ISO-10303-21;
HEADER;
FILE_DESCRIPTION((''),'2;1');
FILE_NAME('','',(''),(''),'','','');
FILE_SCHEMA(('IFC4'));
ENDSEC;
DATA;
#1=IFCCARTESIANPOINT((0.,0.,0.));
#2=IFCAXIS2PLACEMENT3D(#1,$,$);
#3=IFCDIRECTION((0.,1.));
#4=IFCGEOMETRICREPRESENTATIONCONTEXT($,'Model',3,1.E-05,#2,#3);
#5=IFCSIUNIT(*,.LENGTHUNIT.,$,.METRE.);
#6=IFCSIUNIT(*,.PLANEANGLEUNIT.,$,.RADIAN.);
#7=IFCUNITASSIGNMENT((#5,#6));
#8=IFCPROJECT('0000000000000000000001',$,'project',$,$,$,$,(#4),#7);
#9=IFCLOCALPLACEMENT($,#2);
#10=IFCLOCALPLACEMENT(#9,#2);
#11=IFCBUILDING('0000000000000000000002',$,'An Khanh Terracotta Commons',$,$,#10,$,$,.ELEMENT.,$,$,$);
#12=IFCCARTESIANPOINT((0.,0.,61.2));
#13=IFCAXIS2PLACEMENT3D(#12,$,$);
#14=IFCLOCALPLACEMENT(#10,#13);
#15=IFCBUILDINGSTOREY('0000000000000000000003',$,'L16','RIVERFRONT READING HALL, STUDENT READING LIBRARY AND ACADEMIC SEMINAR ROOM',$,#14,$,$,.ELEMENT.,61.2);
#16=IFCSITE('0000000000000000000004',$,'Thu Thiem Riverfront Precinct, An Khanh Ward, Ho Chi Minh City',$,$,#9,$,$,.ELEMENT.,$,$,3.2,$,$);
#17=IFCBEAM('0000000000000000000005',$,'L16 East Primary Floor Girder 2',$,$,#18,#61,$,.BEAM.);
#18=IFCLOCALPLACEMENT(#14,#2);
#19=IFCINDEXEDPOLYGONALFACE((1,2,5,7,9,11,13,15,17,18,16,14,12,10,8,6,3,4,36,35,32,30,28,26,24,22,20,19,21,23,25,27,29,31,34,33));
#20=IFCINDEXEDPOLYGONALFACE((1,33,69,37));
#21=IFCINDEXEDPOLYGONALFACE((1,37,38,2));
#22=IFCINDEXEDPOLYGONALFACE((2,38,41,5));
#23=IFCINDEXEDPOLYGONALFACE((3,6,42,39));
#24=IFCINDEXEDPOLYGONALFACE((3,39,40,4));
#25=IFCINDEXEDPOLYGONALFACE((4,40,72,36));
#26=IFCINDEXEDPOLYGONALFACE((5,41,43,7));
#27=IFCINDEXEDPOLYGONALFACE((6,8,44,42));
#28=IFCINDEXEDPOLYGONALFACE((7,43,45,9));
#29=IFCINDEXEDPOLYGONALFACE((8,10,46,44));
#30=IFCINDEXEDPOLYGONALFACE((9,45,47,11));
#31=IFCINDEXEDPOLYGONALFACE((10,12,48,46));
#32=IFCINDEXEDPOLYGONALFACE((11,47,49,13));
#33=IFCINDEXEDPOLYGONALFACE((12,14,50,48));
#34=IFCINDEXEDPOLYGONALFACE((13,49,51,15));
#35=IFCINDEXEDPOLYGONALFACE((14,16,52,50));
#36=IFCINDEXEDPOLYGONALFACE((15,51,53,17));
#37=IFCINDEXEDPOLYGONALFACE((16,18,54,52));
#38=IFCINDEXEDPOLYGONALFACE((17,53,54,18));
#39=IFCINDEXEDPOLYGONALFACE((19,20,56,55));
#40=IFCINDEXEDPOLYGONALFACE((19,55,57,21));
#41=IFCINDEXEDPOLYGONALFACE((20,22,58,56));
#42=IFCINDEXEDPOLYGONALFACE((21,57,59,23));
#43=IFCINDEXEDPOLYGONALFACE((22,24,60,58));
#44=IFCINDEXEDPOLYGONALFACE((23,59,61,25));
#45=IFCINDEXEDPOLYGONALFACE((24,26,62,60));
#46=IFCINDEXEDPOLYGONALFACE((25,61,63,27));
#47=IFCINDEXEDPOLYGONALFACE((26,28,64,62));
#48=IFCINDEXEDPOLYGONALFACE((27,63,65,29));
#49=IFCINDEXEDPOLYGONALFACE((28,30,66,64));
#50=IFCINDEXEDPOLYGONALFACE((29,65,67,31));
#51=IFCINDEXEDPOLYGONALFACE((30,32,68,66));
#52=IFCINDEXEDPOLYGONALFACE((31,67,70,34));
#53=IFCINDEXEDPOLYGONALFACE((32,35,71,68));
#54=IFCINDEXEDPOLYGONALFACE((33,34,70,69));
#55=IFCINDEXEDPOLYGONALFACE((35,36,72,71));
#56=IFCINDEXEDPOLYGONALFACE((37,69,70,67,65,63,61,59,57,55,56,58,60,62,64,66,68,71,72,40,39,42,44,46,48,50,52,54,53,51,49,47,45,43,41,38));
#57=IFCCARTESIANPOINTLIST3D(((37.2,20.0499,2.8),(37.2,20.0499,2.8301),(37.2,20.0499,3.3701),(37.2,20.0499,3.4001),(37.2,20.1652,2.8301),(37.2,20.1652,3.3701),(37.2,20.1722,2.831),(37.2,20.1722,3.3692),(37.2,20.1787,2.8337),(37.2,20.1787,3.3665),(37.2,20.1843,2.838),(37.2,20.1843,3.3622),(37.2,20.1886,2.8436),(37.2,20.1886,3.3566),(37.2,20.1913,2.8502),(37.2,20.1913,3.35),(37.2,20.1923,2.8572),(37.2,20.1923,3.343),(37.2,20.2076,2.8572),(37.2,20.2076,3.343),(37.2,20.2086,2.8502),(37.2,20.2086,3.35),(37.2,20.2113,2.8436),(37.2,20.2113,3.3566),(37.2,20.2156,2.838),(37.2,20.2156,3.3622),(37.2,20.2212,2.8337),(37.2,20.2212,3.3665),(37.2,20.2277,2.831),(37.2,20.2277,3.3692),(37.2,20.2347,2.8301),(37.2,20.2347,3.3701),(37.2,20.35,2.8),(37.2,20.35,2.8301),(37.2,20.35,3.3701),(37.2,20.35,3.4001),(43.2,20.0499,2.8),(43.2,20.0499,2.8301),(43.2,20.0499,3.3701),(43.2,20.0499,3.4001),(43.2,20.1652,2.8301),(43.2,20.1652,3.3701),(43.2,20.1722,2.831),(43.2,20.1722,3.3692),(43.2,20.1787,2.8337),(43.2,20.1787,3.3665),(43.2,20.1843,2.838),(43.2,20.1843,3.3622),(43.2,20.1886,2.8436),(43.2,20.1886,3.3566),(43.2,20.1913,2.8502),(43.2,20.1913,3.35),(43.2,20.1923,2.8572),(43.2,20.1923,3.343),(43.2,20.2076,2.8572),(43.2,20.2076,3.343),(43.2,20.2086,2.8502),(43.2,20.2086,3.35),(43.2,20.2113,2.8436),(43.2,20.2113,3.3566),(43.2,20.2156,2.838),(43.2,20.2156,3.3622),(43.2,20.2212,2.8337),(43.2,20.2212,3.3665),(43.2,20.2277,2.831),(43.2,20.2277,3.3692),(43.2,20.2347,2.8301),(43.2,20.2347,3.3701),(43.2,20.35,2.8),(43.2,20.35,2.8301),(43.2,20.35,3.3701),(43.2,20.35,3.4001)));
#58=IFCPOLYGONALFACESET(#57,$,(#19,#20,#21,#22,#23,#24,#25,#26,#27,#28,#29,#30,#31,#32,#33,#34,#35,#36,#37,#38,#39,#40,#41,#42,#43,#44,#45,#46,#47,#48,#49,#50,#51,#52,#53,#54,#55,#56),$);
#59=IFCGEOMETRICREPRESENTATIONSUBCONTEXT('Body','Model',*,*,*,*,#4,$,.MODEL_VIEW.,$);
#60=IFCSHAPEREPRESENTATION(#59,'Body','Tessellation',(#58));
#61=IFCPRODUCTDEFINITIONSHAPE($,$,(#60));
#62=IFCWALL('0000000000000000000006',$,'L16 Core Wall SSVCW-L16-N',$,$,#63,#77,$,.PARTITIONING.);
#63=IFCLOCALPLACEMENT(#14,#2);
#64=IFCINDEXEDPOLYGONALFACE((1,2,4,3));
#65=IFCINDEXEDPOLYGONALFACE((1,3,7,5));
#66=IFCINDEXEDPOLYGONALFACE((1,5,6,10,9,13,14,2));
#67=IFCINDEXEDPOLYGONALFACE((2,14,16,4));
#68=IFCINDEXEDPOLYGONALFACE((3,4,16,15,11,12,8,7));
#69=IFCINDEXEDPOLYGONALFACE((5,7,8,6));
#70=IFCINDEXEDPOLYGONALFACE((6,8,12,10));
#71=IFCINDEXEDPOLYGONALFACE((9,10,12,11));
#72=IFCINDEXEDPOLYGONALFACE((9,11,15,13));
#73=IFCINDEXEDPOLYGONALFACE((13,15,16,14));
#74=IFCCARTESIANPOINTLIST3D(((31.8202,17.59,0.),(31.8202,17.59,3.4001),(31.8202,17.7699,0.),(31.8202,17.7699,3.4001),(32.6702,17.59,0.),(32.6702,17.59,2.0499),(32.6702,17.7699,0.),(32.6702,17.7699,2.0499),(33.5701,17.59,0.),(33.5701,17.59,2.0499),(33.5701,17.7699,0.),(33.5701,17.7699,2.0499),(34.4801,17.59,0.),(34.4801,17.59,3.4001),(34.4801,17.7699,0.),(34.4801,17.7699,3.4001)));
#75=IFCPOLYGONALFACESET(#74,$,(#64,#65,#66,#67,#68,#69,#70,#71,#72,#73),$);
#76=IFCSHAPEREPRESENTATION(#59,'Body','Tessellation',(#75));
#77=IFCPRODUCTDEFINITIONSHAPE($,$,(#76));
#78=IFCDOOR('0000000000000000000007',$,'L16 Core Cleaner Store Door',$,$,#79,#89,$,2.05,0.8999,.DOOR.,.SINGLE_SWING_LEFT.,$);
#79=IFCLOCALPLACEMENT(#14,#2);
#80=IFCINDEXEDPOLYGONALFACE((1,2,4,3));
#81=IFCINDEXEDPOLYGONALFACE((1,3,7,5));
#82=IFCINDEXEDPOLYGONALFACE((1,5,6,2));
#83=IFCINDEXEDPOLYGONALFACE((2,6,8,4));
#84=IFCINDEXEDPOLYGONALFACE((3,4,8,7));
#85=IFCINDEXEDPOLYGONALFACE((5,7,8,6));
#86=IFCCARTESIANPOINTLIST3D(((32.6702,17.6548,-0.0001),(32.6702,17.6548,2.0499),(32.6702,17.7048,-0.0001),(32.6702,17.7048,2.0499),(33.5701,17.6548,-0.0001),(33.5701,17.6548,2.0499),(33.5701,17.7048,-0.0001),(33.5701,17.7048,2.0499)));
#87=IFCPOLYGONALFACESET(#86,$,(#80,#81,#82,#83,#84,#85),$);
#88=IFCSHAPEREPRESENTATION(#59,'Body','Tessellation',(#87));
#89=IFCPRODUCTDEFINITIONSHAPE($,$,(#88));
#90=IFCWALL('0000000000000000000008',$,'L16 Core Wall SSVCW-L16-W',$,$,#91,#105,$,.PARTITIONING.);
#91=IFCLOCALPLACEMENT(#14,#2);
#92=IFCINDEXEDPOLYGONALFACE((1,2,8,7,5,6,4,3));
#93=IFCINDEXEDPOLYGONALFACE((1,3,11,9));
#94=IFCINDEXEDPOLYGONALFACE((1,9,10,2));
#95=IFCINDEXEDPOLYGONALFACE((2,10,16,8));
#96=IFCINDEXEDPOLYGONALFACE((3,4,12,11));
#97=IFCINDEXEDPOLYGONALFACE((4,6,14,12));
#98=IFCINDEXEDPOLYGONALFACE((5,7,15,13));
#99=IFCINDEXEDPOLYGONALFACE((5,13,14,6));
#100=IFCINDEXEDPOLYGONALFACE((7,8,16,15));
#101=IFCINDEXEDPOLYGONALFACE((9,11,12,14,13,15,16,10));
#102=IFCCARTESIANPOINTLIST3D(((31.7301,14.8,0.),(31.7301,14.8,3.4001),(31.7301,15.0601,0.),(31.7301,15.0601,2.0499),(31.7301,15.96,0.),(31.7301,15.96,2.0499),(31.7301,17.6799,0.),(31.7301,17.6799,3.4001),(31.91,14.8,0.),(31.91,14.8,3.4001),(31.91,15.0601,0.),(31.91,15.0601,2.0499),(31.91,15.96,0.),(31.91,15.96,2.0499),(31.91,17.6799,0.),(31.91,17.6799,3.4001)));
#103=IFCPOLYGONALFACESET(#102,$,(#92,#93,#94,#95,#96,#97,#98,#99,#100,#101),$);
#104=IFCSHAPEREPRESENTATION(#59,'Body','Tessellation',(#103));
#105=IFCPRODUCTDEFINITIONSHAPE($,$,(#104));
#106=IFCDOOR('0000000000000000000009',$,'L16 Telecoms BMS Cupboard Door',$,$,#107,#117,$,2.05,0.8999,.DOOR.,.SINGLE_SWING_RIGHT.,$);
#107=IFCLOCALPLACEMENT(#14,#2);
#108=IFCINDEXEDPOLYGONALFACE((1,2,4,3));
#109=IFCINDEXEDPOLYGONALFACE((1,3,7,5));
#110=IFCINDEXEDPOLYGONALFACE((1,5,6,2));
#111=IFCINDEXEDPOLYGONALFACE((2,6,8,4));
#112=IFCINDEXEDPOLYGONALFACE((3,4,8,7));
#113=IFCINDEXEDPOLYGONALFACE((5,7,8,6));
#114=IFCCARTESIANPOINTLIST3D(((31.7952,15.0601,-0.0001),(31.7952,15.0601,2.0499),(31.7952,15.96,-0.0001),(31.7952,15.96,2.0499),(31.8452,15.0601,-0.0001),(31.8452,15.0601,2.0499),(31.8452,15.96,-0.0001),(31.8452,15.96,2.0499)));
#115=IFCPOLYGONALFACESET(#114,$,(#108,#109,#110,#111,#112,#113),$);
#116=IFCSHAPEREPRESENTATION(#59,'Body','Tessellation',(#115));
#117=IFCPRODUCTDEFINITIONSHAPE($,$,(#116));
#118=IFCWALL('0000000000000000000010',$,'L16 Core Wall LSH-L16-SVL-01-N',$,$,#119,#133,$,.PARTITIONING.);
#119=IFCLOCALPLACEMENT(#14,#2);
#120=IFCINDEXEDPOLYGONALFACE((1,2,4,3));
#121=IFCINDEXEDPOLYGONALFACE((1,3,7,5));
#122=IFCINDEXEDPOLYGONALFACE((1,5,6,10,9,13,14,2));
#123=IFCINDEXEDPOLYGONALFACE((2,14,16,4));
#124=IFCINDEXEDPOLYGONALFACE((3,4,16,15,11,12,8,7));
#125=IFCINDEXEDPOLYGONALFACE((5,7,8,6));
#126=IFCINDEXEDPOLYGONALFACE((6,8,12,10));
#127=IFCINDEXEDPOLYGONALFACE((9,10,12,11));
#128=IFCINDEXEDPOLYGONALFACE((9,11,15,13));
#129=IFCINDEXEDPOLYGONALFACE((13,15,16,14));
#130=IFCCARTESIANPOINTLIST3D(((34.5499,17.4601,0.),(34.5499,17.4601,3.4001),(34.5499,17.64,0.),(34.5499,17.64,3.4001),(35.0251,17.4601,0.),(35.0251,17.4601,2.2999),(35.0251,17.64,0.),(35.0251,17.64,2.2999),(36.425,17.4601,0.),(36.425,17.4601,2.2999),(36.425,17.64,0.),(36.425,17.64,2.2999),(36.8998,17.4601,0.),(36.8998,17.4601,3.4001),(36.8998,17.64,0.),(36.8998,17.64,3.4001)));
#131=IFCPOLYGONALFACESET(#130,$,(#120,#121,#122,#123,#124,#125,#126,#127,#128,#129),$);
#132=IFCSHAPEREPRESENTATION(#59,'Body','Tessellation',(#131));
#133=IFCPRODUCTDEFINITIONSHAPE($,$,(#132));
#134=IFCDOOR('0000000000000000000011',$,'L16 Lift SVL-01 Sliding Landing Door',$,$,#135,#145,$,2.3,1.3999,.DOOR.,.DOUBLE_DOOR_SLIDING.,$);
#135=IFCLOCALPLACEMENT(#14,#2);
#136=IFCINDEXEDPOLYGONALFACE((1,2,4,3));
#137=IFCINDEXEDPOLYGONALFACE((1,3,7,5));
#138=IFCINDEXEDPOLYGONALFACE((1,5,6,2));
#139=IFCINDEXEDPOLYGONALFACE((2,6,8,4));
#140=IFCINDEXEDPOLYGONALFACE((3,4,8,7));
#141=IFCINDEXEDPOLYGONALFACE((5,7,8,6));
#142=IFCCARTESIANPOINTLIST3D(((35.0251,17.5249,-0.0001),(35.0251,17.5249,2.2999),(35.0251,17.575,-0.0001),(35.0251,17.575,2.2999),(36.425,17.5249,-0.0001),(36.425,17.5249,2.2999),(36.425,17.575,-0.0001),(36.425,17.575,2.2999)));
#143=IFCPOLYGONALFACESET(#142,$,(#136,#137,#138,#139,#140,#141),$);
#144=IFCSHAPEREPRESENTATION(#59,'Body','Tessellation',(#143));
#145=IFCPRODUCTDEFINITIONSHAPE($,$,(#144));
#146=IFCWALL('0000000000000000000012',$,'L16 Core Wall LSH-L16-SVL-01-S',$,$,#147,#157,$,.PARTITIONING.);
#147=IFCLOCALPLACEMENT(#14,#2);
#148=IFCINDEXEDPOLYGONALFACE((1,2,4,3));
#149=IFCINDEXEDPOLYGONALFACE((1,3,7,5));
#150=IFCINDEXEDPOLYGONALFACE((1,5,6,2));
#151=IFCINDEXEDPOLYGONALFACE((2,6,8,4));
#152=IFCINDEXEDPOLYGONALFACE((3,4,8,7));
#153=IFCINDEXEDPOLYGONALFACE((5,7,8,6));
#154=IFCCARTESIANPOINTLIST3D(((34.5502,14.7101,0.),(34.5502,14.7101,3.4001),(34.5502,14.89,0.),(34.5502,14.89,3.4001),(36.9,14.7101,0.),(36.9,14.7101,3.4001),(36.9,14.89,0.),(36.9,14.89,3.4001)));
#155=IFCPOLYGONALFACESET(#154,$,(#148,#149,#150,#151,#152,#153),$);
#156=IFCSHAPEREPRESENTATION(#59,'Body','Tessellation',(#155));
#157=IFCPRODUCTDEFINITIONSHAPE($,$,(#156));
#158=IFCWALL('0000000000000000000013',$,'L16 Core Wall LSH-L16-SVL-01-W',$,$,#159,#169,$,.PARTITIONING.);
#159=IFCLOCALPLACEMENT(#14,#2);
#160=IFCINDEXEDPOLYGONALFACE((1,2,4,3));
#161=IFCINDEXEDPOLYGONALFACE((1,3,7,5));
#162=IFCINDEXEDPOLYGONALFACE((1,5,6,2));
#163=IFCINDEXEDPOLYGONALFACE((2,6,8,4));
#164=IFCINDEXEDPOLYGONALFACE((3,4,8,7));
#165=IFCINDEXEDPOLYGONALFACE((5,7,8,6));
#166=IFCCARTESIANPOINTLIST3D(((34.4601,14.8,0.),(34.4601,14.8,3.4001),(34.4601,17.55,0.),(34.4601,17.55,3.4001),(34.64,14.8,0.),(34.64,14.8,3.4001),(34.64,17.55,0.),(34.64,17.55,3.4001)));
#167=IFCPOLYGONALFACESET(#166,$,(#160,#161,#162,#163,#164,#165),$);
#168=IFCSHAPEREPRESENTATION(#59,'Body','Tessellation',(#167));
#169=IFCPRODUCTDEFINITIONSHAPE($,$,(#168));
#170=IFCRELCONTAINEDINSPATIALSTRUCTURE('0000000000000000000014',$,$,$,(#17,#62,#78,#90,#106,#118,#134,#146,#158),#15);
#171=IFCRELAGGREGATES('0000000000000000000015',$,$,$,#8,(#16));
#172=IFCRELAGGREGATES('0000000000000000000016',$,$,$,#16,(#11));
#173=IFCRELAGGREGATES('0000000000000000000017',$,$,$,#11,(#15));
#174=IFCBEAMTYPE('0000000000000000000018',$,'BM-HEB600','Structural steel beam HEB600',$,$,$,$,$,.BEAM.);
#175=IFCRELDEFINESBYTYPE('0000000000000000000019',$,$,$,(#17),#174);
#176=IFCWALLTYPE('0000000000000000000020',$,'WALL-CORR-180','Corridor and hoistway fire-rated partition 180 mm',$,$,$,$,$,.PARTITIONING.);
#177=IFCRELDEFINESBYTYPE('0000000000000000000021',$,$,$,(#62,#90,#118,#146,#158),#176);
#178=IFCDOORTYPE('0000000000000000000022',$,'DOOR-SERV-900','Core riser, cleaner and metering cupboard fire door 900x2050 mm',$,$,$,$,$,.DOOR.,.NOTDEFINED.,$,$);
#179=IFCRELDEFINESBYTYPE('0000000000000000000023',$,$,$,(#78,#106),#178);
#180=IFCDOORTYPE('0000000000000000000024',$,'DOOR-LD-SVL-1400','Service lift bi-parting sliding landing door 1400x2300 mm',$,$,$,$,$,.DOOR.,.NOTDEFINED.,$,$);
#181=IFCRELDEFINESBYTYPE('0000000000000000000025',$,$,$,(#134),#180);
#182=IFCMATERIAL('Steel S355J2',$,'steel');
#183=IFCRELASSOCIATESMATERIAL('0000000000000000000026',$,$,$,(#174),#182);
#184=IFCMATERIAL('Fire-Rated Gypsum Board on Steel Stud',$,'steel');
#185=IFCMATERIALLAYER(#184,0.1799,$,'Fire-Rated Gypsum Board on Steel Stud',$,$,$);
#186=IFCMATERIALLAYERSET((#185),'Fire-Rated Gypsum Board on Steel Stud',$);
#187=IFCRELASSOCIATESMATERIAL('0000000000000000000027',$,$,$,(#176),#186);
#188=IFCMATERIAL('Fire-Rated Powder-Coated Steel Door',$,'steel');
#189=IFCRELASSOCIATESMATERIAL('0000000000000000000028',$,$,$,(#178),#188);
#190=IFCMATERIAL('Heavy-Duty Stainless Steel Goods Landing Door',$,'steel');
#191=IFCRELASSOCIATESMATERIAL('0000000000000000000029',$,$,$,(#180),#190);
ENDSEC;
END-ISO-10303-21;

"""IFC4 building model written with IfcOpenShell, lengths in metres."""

from ifc_helpers import new_model, si_unit, direction, frame, frame_2d, origin, origin_2d, place, context, subcontext, project, spatial, rectangle, i_section, extrude, material, layer, layer_set, material_profile, profile_set, type_object, element, fill, save


model = new_model("IFC4")

# Units and contexts
model_context = context("Model", 3, precision=1e-05, world=origin(), true_north=direction((0.0, 1.0)))
body_context = subcontext(model_context, "Body", "Model", "MODEL_VIEW")
ifc_project = project(units=[si_unit("LENGTHUNIT", "METRE"), si_unit("PLANEANGLEUNIT", "RADIAN")], contexts=[model_context])

# Site, building, storey
site_placement = place(None, origin())
site = spatial("IfcSite", under=ifc_project, at=site_placement, Name="Thu Thiem Riverfront Precinct, An Khanh Ward, Ho Chi Minh City", CompositionType="ELEMENT", RefElevation=3.2)
building_placement = place(site_placement, origin())
building = spatial("IfcBuilding", under=site, at=building_placement, Name="An Khanh Terracotta Commons", CompositionType="ELEMENT")
storey_placement = place(building_placement, frame((0.0, 0.0, 61.2)))
storey = spatial("IfcBuildingStorey", under=building, at=storey_placement, Name="L16", Description="RIVERFRONT READING HALL, STUDENT READING LIBRARY AND ACADEMIC SEMINAR ROOM", CompositionType="ELEMENT", Elevation=61.2)

# Beam
ifc_material_1 = material(Name="Steel S355J2", Category="steel")
ifc_material_profile_1 = material_profile(ifc_material_1, i_section(OverallWidth=0.3, OverallDepth=0.6001, WebThickness=0.0154, FlangeThickness=0.03, FilletRadius=0.0271, at=origin_2d()), Name="HEB600")
ifc_profile_set_1 = profile_set([ifc_material_profile_1], Name="Steel S355J2")
beam_type_1 = type_object("IfcBeamType", Name="BM-HEB600", Description="Structural steel beam HEB600", PredefinedType="BEAM", material=ifc_profile_set_1)
for number, where, z_axis, x_axis, name in (
    (1, (37.2, 20.2, 3.1001), (1.0, 0.0, 0.0), (0.0, 1.0, 0.0), "L16 East Primary Floor Girder 2"),
):
    element("IfcBeam", number, at=place(storey_placement, frame(where, z_axis=z_axis, x_axis=x_axis)), inside=storey, type_object=beam_type_1, Name=name, PredefinedType="BEAM", context=body_context, shape_type="SweptSolid", body=[
        extrude(i_section(OverallWidth=0.3, OverallDepth=0.6001, WebThickness=0.0154, FlangeThickness=0.03, FilletRadius=0.0271, at=origin_2d()), origin(), (0.0, 0.0, 1.0), 6.0),
    ])

# Walls, openings, doors
ifc_material_2 = material(Name="Fire-Rated Gypsum Board on Steel Stud", Category="steel")
ifc_layer_1 = layer(ifc_material_2, 0.1799, Name="Fire-Rated Gypsum Board on Steel Stud")
ifc_layer_set_1 = layer_set([ifc_layer_1], Name="Fire-Rated Gypsum Board on Steel Stud")
wall_type_1 = type_object("IfcWallType", Name="WALL-CORR-180", Description="Corridor and hoistway fire-rated partition 180 mm", PredefinedType="PARTITIONING", material=ifc_layer_set_1)
wall_1_placement = place(storey_placement, frame((31.8201, 17.6799, 0.0), z_axis=(0.0, 0.0, 1.0), x_axis=(1.0, 0.0, 0.0)))
wall_1 = element("IfcWall", 2, at=wall_1_placement, inside=storey, type_object=wall_type_1, Name="L16 Core Wall SSVCW-L16-N", PredefinedType="PARTITIONING", context=body_context, shape_type="SweptSolid", body=[
    extrude(rectangle(XDim=2.6599, YDim=0.1799, at=frame_2d((1.3301, 0.0))), origin(), (0.0, 0.0, 1.0), 3.4001),
])
opening_1_placement = place(wall_1_placement, frame((0.8501, 0.0, 0.0)))
opening_1 = element("IfcOpeningElement", 3, at=opening_1_placement, cuts=wall_1, PredefinedType="OPENING", context=body_context, shape_type="SweptSolid", body=[
    extrude(rectangle(XDim=0.8999, YDim=2.05, at=frame_2d((0.45, 1.0249))), frame((0.0, 0.0999, 0.0), z_axis=(0.0, -1.0, 0.0), x_axis=(1.0, 0.0, 0.0)), (0.0, 0.0, 1.0), 0.2),
])
ifc_material_3 = material(Name="Fire-Rated Powder-Coated Steel Door", Category="steel")
door_type_1 = type_object("IfcDoorType", Name="DOOR-SERV-900", Description="Core riser, cleaner and metering cupboard fire door 900x2050 mm", OperationType="NOTDEFINED", PredefinedType="DOOR", material=ifc_material_3)
door_1_placement = place(opening_1_placement, origin())
door_1 = element("IfcDoor", 4, at=door_1_placement, inside=storey, type_object=door_type_1, Name="L16 Core Cleaner Store Door", OperationType="SINGLE_SWING_LEFT", OverallHeight=2.05, OverallWidth=0.8999, PredefinedType="DOOR", context=body_context, shape_type="SweptSolid", body=[
    extrude(rectangle(XDim=0.8999, YDim=2.05, at=frame_2d((0.45, 1.0249))), frame((0.0, 0.0249, 0.0), z_axis=(0.0, -1.0, 0.0), x_axis=(1.0, 0.0, 0.0)), (0.0, 0.0, 1.0), 0.05),
])
fill(opening_1, door_1)
wall_2_placement = place(storey_placement, frame((31.8201, 14.8, 0.0), z_axis=(0.0, 0.0, 1.0), x_axis=(0.0, 1.0, 0.0)))
wall_2 = element("IfcWall", 5, at=wall_2_placement, inside=storey, type_object=wall_type_1, Name="L16 Core Wall SSVCW-L16-W", PredefinedType="PARTITIONING", context=body_context, shape_type="SweptSolid", body=[
    extrude(rectangle(XDim=2.8799, YDim=0.1799, at=frame_2d((1.4399, 0.0))), origin(), (0.0, 0.0, 1.0), 3.4001),
])
opening_2_placement = place(wall_2_placement, frame((0.26, 0.0, 0.0)))
opening_2 = element("IfcOpeningElement", 6, at=opening_2_placement, cuts=wall_2, PredefinedType="OPENING", context=body_context, shape_type="SweptSolid", body=[
    extrude(rectangle(XDim=0.8999, YDim=2.05, at=frame_2d((0.45, 1.0249))), frame((0.0, 0.0999, 0.0), z_axis=(0.0, -1.0, 0.0), x_axis=(1.0, 0.0, 0.0)), (0.0, 0.0, 1.0), 0.2),
])
door_2_placement = place(opening_2_placement, origin())
door_2 = element("IfcDoor", 7, at=door_2_placement, inside=storey, type_object=door_type_1, Name="L16 Telecoms BMS Cupboard Door", OperationType="SINGLE_SWING_RIGHT", OverallHeight=2.05, OverallWidth=0.8999, PredefinedType="DOOR", context=body_context, shape_type="SweptSolid", body=[
    extrude(rectangle(XDim=0.8999, YDim=2.05, at=frame_2d((0.45, 1.0249))), frame((0.0, 0.0249, 0.0), z_axis=(0.0, -1.0, 0.0), x_axis=(1.0, 0.0, 0.0)), (0.0, 0.0, 1.0), 0.05),
])
fill(opening_2, door_2)
wall_3_placement = place(storey_placement, frame((34.55, 17.55, 0.0), z_axis=(0.0, 0.0, 1.0), x_axis=(1.0, 0.0, 0.0)))
wall_3 = element("IfcWall", 8, at=wall_3_placement, inside=storey, type_object=wall_type_1, Name="L16 Core Wall LSH-L16-SVL-01-N", PredefinedType="PARTITIONING", context=body_context, shape_type="SweptSolid", body=[
    extrude(rectangle(XDim=2.3499, YDim=0.1799, at=frame_2d((1.1748, 0.0))), origin(), (0.0, 0.0, 1.0), 3.4001),
])
opening_3_placement = place(wall_3_placement, frame((0.4751, 0.0, 0.0)))
opening_3 = element("IfcOpeningElement", 9, at=opening_3_placement, cuts=wall_3, PredefinedType="OPENING", context=body_context, shape_type="SweptSolid", body=[
    extrude(rectangle(XDim=1.3999, YDim=2.3, at=frame_2d((0.7, 1.1499))), frame((0.0, 0.0999, 0.0), z_axis=(0.0, -1.0, 0.0), x_axis=(1.0, 0.0, 0.0)), (0.0, 0.0, 1.0), 0.2),
])
ifc_material_4 = material(Name="Heavy-Duty Stainless Steel Goods Landing Door", Category="steel")
door_type_2 = type_object("IfcDoorType", Name="DOOR-LD-SVL-1400", Description="Service lift bi-parting sliding landing door 1400x2300 mm", OperationType="NOTDEFINED", PredefinedType="DOOR", material=ifc_material_4)
door_3_placement = place(opening_3_placement, origin())
door_3 = element("IfcDoor", 10, at=door_3_placement, inside=storey, type_object=door_type_2, Name="L16 Lift SVL-01 Sliding Landing Door", OperationType="DOUBLE_DOOR_SLIDING", OverallHeight=2.3, OverallWidth=1.3999, PredefinedType="DOOR", context=body_context, shape_type="SweptSolid", body=[
    extrude(rectangle(XDim=1.3999, YDim=2.3, at=frame_2d((0.7, 1.1499))), frame((0.0, 0.0249, 0.0), z_axis=(0.0, -1.0, 0.0), x_axis=(1.0, 0.0, 0.0)), (0.0, 0.0, 1.0), 0.05),
])
fill(opening_3, door_3)

# Walls
wall_4_placement = place(storey_placement, frame((36.8999, 14.8, 0.0), z_axis=(0.0, 0.0, 1.0), x_axis=(-1.0, 0.0, 0.0)))
element("IfcWall", 11, at=wall_4_placement, inside=storey, type_object=wall_type_1, Name="L16 Core Wall LSH-L16-SVL-01-S", PredefinedType="PARTITIONING", context=body_context, shape_type="SweptSolid", body=[
    extrude(rectangle(XDim=2.3499, YDim=0.1799, at=frame_2d((1.1748, 0.0))), origin(), (0.0, 0.0, 1.0), 3.4001),
])
wall_5_placement = place(storey_placement, frame((34.55, 17.55, 0.0), z_axis=(0.0, 0.0, 1.0), x_axis=(0.0, -1.0, 0.0)))
element("IfcWall", 12, at=wall_5_placement, inside=storey, type_object=wall_type_1, Name="L16 Core Wall LSH-L16-SVL-01-W", PredefinedType="PARTITIONING", context=body_context, shape_type="SweptSolid", body=[
    extrude(rectangle(XDim=2.75, YDim=0.1799, at=frame_2d((1.375, 0.0))), origin(), (0.0, 0.0, 1.0), 3.4001),
])

save(model, "model.ifc")
